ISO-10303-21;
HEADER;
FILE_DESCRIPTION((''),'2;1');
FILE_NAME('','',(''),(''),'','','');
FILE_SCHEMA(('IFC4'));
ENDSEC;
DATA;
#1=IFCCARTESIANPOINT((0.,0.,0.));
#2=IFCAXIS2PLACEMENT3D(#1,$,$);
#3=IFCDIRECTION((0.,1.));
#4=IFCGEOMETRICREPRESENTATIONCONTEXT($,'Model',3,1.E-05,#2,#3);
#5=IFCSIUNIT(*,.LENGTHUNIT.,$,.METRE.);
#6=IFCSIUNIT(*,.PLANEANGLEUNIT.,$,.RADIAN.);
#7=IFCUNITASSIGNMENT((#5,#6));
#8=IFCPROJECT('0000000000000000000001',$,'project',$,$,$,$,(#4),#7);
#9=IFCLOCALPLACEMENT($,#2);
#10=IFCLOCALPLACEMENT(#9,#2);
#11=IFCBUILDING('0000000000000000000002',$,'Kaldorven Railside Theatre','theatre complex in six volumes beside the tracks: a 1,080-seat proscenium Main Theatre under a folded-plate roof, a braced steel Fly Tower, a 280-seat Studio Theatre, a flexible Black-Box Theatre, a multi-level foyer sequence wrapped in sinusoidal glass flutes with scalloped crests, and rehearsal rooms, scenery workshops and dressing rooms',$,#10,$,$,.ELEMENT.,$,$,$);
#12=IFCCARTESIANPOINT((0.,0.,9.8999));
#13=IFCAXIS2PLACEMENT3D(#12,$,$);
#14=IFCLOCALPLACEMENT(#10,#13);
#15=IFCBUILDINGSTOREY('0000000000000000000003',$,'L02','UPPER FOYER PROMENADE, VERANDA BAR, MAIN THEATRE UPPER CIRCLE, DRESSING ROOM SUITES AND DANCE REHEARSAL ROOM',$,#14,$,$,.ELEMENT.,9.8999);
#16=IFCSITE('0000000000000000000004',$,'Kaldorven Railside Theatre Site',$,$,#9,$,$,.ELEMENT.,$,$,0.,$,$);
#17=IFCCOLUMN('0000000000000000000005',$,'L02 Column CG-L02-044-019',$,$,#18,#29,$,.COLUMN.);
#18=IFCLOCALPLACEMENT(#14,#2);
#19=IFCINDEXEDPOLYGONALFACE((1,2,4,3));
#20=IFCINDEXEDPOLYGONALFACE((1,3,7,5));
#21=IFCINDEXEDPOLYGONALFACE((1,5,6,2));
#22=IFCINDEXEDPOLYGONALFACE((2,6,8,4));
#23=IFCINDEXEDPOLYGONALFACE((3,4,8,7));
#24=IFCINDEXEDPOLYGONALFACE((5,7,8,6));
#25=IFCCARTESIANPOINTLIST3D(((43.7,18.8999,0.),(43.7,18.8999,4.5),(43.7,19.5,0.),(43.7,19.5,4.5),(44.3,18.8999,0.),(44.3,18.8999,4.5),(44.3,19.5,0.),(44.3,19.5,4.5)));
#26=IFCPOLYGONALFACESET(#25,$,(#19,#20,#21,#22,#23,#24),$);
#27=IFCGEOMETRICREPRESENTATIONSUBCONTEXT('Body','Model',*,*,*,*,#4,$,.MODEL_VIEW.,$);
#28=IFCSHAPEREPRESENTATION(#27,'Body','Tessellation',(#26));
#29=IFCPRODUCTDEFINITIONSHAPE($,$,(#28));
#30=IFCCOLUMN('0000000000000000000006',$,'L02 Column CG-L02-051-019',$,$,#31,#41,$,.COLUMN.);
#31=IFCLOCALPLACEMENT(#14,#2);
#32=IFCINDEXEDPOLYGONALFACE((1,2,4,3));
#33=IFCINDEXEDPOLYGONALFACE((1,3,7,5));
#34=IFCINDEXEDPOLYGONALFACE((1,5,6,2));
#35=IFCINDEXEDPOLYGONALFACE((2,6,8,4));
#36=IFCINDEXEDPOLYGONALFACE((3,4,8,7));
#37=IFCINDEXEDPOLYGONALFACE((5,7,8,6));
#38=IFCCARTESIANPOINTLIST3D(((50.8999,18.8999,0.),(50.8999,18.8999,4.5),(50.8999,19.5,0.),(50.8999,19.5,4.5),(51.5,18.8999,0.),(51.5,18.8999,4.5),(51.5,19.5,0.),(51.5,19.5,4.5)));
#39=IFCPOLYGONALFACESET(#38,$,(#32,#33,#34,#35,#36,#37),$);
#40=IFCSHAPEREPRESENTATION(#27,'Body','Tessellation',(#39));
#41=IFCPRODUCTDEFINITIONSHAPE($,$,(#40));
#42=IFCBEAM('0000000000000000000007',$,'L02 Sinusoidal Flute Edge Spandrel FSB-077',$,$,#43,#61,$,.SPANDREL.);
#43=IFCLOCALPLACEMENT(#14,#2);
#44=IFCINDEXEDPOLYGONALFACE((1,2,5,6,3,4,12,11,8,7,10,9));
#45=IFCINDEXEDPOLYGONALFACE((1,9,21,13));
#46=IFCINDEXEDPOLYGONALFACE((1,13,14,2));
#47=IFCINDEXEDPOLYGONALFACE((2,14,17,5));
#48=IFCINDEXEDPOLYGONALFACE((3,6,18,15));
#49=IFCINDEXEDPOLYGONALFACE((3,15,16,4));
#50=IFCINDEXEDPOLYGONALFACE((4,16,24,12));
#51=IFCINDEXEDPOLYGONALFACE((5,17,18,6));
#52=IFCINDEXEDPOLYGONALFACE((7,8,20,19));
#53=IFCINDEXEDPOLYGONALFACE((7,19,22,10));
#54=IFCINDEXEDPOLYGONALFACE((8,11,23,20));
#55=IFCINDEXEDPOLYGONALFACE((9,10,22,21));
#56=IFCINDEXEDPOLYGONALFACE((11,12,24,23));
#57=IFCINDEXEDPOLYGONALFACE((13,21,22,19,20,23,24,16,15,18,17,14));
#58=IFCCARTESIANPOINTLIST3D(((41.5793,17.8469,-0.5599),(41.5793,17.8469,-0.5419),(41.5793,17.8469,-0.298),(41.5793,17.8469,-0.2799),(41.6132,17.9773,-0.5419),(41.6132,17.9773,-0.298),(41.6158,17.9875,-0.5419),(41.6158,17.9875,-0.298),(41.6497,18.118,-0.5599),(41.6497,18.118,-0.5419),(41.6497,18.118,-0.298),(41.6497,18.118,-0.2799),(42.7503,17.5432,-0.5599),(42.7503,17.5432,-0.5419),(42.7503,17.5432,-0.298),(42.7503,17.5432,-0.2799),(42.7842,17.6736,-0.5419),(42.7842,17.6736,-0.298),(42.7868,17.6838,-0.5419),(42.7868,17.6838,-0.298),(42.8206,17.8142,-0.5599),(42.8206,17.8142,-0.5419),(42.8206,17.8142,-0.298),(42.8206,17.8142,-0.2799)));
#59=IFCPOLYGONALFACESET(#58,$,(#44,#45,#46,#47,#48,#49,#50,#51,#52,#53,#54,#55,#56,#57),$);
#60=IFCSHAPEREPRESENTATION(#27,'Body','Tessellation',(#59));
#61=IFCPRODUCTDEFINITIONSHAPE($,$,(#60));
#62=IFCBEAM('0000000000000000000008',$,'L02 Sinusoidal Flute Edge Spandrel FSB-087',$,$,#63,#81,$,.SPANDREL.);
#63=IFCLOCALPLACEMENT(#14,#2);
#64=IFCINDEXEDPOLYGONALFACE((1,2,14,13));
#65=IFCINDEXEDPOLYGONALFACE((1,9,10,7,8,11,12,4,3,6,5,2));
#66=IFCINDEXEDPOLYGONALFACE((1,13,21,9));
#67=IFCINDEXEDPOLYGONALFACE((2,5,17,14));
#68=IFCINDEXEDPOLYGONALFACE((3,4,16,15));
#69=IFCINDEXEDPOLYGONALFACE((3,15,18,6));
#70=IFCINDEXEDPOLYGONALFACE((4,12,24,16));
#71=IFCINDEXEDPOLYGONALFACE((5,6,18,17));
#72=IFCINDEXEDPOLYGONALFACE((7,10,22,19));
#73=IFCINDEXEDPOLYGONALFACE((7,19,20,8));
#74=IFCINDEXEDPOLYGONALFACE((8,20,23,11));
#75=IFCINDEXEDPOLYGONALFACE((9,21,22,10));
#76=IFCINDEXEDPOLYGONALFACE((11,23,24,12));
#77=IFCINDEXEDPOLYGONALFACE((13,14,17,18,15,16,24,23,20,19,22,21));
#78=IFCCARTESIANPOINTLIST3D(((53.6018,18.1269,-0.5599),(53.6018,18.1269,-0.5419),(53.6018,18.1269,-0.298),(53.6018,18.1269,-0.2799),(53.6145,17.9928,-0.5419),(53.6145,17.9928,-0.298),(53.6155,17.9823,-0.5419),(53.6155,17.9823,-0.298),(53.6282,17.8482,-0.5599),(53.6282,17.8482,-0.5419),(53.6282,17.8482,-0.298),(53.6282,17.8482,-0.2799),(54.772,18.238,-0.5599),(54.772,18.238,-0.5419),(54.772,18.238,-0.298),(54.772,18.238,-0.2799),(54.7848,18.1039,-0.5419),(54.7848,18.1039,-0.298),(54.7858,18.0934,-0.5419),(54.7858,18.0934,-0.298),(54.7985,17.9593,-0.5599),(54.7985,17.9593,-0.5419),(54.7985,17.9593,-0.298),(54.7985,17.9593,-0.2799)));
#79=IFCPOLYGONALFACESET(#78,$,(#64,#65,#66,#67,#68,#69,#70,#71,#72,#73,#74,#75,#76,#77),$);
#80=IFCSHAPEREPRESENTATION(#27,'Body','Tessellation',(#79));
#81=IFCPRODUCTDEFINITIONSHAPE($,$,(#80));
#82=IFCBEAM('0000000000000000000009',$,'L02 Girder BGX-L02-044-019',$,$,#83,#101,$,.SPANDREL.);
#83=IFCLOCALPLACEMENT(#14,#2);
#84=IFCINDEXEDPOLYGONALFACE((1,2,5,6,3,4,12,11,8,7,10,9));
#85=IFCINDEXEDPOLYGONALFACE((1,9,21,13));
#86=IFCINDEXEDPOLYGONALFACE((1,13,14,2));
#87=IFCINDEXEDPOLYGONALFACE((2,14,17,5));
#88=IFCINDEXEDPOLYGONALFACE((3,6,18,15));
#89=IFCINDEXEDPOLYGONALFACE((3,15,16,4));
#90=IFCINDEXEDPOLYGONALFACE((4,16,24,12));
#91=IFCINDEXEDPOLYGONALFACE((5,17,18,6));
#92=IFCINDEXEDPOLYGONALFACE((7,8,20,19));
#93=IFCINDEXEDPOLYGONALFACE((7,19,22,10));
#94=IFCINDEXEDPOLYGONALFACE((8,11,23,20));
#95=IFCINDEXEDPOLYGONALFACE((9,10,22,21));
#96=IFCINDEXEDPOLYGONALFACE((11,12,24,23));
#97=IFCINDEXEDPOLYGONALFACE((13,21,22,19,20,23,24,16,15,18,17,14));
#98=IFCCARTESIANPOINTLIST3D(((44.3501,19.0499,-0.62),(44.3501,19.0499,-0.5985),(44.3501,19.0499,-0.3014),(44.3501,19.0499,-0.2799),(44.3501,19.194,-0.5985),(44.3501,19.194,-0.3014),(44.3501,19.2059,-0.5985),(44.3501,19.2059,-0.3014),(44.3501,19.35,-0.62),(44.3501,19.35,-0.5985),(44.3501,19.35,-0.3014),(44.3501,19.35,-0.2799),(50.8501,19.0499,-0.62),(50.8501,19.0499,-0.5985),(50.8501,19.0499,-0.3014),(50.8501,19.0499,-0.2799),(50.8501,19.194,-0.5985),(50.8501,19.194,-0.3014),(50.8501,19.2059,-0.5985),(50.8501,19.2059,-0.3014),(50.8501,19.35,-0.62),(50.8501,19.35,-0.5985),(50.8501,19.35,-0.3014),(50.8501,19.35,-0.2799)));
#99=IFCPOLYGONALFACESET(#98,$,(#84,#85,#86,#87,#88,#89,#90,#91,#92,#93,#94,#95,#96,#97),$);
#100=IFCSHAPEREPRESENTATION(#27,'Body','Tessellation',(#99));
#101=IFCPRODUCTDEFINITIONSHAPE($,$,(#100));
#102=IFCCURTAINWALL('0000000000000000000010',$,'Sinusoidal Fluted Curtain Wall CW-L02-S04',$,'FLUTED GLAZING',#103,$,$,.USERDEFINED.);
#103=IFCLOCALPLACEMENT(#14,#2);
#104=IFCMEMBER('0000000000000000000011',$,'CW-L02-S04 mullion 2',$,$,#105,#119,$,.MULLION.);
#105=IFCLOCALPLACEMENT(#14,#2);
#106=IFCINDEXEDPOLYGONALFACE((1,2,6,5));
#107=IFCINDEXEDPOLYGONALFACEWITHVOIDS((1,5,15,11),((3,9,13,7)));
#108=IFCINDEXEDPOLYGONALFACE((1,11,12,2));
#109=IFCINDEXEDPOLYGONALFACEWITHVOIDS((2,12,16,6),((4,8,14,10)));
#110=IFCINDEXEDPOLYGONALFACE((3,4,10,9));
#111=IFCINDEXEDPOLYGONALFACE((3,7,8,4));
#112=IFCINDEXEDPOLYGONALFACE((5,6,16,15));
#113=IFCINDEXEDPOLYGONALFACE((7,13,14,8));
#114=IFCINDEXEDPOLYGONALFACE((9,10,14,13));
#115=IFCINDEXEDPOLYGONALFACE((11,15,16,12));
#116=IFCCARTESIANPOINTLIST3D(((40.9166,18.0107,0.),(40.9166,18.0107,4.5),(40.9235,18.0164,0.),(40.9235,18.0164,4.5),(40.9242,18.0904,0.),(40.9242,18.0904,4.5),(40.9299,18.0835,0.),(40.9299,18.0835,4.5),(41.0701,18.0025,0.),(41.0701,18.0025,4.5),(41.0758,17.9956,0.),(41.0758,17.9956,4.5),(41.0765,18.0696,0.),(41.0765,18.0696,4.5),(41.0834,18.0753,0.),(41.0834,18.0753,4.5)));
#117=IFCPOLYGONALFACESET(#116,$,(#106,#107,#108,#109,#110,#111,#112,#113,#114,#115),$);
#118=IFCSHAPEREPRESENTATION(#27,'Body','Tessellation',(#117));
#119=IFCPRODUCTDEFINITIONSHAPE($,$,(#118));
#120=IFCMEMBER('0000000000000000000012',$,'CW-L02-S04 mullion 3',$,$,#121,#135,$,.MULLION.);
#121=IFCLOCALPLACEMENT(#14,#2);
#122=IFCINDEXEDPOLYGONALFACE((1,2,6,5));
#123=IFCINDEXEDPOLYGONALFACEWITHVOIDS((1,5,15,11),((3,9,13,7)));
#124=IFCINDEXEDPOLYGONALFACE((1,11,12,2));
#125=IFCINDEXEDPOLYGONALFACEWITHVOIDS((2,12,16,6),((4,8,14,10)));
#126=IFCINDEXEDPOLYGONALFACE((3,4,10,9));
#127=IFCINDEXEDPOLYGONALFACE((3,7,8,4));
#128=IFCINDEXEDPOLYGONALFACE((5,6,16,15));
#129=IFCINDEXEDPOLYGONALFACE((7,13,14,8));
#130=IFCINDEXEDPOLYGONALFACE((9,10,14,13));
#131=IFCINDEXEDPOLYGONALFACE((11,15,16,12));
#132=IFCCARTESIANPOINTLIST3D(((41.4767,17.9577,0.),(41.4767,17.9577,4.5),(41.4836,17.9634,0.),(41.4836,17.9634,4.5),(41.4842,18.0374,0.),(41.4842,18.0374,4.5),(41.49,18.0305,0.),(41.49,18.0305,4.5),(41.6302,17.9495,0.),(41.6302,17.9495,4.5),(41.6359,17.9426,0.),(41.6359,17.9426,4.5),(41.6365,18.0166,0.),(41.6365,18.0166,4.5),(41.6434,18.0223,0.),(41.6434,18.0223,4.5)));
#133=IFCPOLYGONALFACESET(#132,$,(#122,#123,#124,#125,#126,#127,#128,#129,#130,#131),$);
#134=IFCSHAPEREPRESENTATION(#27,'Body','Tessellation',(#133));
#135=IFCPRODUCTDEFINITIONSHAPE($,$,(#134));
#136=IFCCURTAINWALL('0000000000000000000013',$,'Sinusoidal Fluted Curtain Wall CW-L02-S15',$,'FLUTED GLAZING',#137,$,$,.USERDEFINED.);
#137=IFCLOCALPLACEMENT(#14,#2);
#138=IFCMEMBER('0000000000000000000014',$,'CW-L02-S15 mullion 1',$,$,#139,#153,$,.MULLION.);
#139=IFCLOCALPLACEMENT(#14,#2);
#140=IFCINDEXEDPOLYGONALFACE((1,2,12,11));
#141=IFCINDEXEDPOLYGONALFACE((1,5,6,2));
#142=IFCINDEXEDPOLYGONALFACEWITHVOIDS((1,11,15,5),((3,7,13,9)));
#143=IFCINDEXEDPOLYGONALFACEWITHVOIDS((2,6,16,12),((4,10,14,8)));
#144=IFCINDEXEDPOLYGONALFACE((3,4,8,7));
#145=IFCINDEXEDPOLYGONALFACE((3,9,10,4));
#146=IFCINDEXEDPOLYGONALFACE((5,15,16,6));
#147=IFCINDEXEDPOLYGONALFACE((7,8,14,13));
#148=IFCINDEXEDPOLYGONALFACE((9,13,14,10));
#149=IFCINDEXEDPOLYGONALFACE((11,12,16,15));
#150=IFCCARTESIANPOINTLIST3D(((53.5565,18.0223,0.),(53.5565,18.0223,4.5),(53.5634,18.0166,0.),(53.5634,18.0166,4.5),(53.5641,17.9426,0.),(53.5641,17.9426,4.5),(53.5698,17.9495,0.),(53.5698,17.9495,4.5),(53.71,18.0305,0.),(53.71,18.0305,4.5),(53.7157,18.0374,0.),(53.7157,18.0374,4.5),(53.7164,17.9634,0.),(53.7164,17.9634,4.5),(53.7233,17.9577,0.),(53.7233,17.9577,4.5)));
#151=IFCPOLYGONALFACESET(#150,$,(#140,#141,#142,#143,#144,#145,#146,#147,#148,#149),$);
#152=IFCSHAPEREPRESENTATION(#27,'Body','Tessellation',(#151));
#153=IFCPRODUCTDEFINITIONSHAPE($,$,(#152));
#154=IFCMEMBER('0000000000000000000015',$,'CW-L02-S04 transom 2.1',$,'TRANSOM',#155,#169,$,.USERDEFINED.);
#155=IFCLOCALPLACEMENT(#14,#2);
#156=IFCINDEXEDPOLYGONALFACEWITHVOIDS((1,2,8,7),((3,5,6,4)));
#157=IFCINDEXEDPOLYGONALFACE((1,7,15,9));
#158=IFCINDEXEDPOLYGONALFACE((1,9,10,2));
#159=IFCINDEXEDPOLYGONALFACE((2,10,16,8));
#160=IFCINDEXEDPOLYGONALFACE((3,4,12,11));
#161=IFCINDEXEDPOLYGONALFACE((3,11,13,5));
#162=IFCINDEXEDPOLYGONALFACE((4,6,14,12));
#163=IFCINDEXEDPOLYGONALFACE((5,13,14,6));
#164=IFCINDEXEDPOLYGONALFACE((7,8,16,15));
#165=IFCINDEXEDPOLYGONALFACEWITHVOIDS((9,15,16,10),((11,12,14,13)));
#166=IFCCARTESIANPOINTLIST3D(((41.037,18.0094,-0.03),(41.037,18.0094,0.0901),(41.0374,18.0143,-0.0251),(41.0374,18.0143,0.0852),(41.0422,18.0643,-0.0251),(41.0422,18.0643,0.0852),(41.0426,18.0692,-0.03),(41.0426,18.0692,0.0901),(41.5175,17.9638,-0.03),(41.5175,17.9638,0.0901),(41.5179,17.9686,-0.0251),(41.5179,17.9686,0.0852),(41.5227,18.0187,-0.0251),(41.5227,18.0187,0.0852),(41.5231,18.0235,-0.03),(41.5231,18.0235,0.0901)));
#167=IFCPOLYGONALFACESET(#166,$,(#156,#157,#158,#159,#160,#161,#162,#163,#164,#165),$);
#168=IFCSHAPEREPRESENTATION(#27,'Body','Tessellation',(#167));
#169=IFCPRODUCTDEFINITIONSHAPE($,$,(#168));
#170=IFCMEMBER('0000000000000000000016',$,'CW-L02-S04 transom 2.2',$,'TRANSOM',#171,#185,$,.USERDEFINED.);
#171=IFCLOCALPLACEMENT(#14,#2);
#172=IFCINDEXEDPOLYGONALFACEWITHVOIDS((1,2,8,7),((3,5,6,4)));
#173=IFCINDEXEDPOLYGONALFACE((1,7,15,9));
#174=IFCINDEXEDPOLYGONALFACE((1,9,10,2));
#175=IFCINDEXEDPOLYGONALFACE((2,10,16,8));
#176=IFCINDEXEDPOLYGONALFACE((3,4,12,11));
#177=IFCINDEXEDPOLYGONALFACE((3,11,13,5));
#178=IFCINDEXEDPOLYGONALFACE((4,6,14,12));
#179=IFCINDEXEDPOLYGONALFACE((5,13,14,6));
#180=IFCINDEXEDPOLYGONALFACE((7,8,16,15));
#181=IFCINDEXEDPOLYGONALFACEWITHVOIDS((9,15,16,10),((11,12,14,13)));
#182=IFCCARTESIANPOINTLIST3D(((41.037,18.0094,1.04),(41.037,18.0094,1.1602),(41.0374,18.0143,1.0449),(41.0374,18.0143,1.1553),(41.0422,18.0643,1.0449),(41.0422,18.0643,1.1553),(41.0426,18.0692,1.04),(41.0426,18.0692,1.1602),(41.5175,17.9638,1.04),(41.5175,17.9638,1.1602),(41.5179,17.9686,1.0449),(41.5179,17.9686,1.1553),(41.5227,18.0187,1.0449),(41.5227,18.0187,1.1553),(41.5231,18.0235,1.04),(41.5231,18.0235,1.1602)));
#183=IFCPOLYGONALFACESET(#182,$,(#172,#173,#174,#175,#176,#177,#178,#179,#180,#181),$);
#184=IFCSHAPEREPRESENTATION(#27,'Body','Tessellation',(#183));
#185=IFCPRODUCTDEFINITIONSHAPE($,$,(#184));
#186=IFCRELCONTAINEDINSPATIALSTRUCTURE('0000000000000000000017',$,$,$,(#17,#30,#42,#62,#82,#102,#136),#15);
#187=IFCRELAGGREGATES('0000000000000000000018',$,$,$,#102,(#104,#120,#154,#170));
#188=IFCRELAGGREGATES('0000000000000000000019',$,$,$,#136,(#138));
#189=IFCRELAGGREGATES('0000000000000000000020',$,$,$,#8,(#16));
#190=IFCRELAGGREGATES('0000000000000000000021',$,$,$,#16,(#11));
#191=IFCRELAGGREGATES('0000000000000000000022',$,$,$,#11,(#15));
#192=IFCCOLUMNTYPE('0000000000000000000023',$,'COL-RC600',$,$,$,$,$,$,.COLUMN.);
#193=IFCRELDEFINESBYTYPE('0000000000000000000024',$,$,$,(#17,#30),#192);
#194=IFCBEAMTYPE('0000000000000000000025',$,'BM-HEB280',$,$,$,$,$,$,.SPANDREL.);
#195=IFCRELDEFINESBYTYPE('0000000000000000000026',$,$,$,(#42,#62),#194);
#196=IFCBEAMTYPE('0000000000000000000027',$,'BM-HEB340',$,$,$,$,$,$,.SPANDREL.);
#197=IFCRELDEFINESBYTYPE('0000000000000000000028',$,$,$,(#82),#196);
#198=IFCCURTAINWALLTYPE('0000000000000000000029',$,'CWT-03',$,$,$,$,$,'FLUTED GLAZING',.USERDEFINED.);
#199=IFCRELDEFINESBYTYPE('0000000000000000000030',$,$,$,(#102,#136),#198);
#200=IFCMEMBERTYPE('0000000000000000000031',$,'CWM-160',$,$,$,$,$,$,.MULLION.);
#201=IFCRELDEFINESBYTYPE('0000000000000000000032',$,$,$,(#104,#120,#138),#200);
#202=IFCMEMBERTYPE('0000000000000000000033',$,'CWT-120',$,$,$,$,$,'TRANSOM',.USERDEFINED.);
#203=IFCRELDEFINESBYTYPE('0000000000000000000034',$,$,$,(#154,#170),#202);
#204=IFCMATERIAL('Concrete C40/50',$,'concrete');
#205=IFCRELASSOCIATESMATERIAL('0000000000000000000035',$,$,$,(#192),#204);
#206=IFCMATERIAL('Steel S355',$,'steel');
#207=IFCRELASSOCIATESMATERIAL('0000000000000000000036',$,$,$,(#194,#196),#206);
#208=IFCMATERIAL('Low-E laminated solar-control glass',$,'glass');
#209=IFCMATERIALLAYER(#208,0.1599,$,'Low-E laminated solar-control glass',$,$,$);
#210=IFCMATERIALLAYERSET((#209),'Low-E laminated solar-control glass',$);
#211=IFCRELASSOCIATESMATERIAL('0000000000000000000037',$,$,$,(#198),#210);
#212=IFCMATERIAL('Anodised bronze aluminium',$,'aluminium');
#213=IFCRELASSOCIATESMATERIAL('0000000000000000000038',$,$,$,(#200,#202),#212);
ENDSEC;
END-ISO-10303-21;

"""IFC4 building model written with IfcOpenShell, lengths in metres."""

from ifc_helpers import new_model, si_unit, direction, frame, origin, origin_2d, place, context, subcontext, project, spatial, rectangle, hollow_rectangle, i_section, extrude, material, layer, layer_set, material_profile, profile_set, type_object, element, aggregate, save


model = new_model("IFC4")

# Units and contexts
model_context = context("Model", 3, precision=1e-05, world=origin(), true_north=direction((0.0, 1.0)))
body_context = subcontext(model_context, "Body", "Model", "MODEL_VIEW")
ifc_project = project(units=[si_unit("LENGTHUNIT", "METRE"), si_unit("PLANEANGLEUNIT", "RADIAN")], contexts=[model_context])

# Site, building, storey
site_placement = place(None, origin())
site = spatial("IfcSite", under=ifc_project, at=site_placement, Name="Kaldorven Railside Theatre Site", CompositionType="ELEMENT", RefElevation=0.0)
building_placement = place(site_placement, origin())
building = spatial("IfcBuilding", under=site, at=building_placement, Name="Kaldorven Railside Theatre", Description="theatre complex in six volumes beside the tracks: a 1,080-seat proscenium Main Theatre under a folded-plate roof, a braced steel Fly Tower, a 280-seat Studio Theatre, a flexible Black-Box Theatre, a multi-level foyer sequence wrapped in sinusoidal glass flutes with scalloped crests, and rehearsal rooms, scenery workshops and dressing rooms", CompositionType="ELEMENT")
storey_placement = place(building_placement, frame((0.0, 0.0, 9.8999)))
storey = spatial("IfcBuildingStorey", under=building, at=storey_placement, Name="L02", Description="UPPER FOYER PROMENADE, VERANDA BAR, MAIN THEATRE UPPER CIRCLE, DRESSING ROOM SUITES AND DANCE REHEARSAL ROOM", CompositionType="ELEMENT", Elevation=9.8999)

# Columns
ifc_material_1 = material(Name="Concrete C40/50", Category="concrete")
ifc_material_profile_1 = material_profile(ifc_material_1, rectangle(XDim=0.6001, YDim=0.6001, at=origin_2d()), Name="RC 600x600")
ifc_profile_set_1 = profile_set([ifc_material_profile_1], Name="Concrete C40/50")
column_type = type_object("IfcColumnType", Name="COL-RC600", PredefinedType="COLUMN", material=ifc_profile_set_1)
for number, where, z_axis, x_axis, name in (
    (1, (44.0, 19.2, 0.0), (0.0, 0.0, 1.0), (0.0, 1.0, 0.0), "L02 Column CG-L02-044-019"),
    (2, (51.2, 19.2, 0.0), (0.0, 0.0, 1.0), (1.0, 0.0, 0.0), "L02 Column CG-L02-051-019"),
):
    element("IfcColumn", number, at=place(storey_placement, frame(where, z_axis=z_axis, x_axis=x_axis)), inside=storey, type_object=column_type, Name=name, PredefinedType="COLUMN", context=body_context, shape_type="SweptSolid", body=[
        extrude(rectangle(XDim=0.6001, YDim=0.6001, at=origin_2d()), origin(), (0.0, 0.0, 1.0), 4.5),
    ])

# Beams
ifc_material_2 = material(Name="Steel S355", Category="steel")
ifc_material_profile_2 = material_profile(ifc_material_2, i_section(OverallWidth=0.28, OverallDepth=0.28, WebThickness=0.0105, FlangeThickness=0.0181, at=origin_2d()), Name="HEB 280")
ifc_profile_set_2 = profile_set([ifc_material_profile_2], Name="Steel S355")
beam_type_1 = type_object("IfcBeamType", Name="BM-HEB280", PredefinedType="SPANDREL", material=ifc_profile_set_2)
beam_1_placement = place(storey_placement, frame((41.6145, 17.9824, -0.4199), z_axis=(0.967968, -0.251074, 0.0), x_axis=(0.251074, 0.967968, 0.0)))
element("IfcBeam", 3, at=beam_1_placement, inside=storey, type_object=beam_type_1, Name="L02 Sinusoidal Flute Edge Spandrel FSB-077", PredefinedType="SPANDREL", context=body_context, shape_type="SweptSolid", body=[
    extrude(i_section(OverallWidth=0.28, OverallDepth=0.28, WebThickness=0.0105, FlangeThickness=0.0181, at=origin_2d()), origin(), (0.0, 0.0, 1.0), 1.2097),
])
beam_2_placement = place(storey_placement, frame((53.615, 17.9875, -0.4199), z_axis=(0.995524, 0.094505, 0.0), x_axis=(-0.094505, 0.995524, 0.0)))
element("IfcBeam", 4, at=beam_2_placement, inside=storey, type_object=beam_type_1, Name="L02 Sinusoidal Flute Edge Spandrel FSB-087", PredefinedType="SPANDREL", context=body_context, shape_type="SweptSolid", body=[
    extrude(i_section(OverallWidth=0.28, OverallDepth=0.28, WebThickness=0.0105, FlangeThickness=0.0181, at=origin_2d()), origin(), (0.0, 0.0, 1.0), 1.1755),
])
ifc_material_profile_3 = material_profile(ifc_material_2, i_section(OverallWidth=0.3, OverallDepth=0.3401, WebThickness=0.012, FlangeThickness=0.0215, at=origin_2d()), Name="HEB 340")
ifc_profile_set_3 = profile_set([ifc_material_profile_3], Name="Steel S355")
beam_type_2 = type_object("IfcBeamType", Name="BM-HEB340", PredefinedType="SPANDREL", material=ifc_profile_set_3)
beam_3_placement = place(storey_placement, frame((44.3501, 19.2, -0.45), z_axis=(1.0, 0.0, 0.0), x_axis=(0.0, 1.0, 0.0)))
element("IfcBeam", 5, at=beam_3_placement, inside=storey, type_object=beam_type_2, Name="L02 Girder BGX-L02-044-019", PredefinedType="SPANDREL", context=body_context, shape_type="SweptSolid", body=[
    extrude(i_section(OverallWidth=0.3, OverallDepth=0.3401, WebThickness=0.012, FlangeThickness=0.0215, at=origin_2d()), origin(), (0.0, 0.0, 1.0), 6.5),
])

# Curtain wall, members
ifc_material_3 = material(Name="Low-E laminated solar-control glass", Category="glass")
ifc_layer_1 = layer(ifc_material_3, 0.1599, Name="Low-E laminated solar-control glass")
ifc_layer_set_1 = layer_set([ifc_layer_1], Name="Low-E laminated solar-control glass")
curtain_wall_type = type_object("IfcCurtainWallType", Name="CWT-03", ElementType="FLUTED GLAZING", PredefinedType="USERDEFINED", material=ifc_layer_set_1)
curtain_wall_1_placement = place(storey_placement, origin())
curtain_wall_1 = element("IfcCurtainWall", 6, at=curtain_wall_1_placement, inside=storey, type_object=curtain_wall_type, Name="Sinusoidal Fluted Curtain Wall CW-L02-S04", ObjectType="FLUTED GLAZING", PredefinedType="USERDEFINED")
ifc_material_4 = material(Name="Anodised bronze aluminium", Category="aluminium")
ifc_material_profile_4 = material_profile(ifc_material_4, hollow_rectangle(XDim=0.0801, YDim=0.1599, WallThickness=0.0063, at=origin_2d()), Name="RHS 160x80x6.3")
ifc_profile_set_4 = profile_set([ifc_material_profile_4], Name="Anodised bronze aluminium")
member_type_1 = type_object("IfcMemberType", Name="CWM-160", PredefinedType="MULLION", material=ifc_profile_set_4)
member_1_placement = place(storey_placement, frame((41.0, 18.043, 0.0), z_axis=(0.0, 0.0, 1.0), x_axis=(0.094492, 0.995526, 0.0)))
member_1 = element("IfcMember", 7, at=member_1_placement, type_object=member_type_1, Name="CW-L02-S04 mullion 2", PredefinedType="MULLION", context=body_context, shape_type="SweptSolid", body=[
    extrude(hollow_rectangle(XDim=0.0801, YDim=0.1599, WallThickness=0.0063, at=origin_2d()), origin(), (0.0, 0.0, 1.0), 4.5),
])
member_2_placement = place(storey_placement, frame((41.5601, 17.99, 0.0), z_axis=(0.0, 0.0, 1.0), x_axis=(0.094492, 0.995526, 0.0)))
member_2 = element("IfcMember", 8, at=member_2_placement, type_object=member_type_1, Name="CW-L02-S04 mullion 3", PredefinedType="MULLION", context=body_context, shape_type="SweptSolid", body=[
    extrude(hollow_rectangle(XDim=0.0801, YDim=0.1599, WallThickness=0.0063, at=origin_2d()), origin(), (0.0, 0.0, 1.0), 4.5),
])

# Curtain wall, member
curtain_wall_2_placement = place(storey_placement, origin())
curtain_wall_2 = element("IfcCurtainWall", 9, at=curtain_wall_2_placement, inside=storey, type_object=curtain_wall_type, Name="Sinusoidal Fluted Curtain Wall CW-L02-S15", ObjectType="FLUTED GLAZING", PredefinedType="USERDEFINED")
member_3_placement = place(storey_placement, frame((53.6399, 17.99, 0.0), z_axis=(0.0, 0.0, 1.0), x_axis=(-0.094492, 0.995526, 0.0)))
member_3 = element("IfcMember", 10, at=member_3_placement, type_object=member_type_1, Name="CW-L02-S15 mullion 1", PredefinedType="MULLION", context=body_context, shape_type="SweptSolid", body=[
    extrude(hollow_rectangle(XDim=0.0801, YDim=0.1599, WallThickness=0.0063, at=origin_2d()), origin(), (0.0, 0.0, 1.0), 4.5),
])

# Members
ifc_material_profile_5 = material_profile(ifc_material_4, hollow_rectangle(XDim=0.0601, YDim=0.1201, WallThickness=0.0049, at=origin_2d()), Name="RHS 120x60x5")
ifc_profile_set_5 = profile_set([ifc_material_profile_5], Name="Anodised bronze aluminium")
member_type_2 = type_object("IfcMemberType", Name="CWT-120", ElementType="TRANSOM", PredefinedType="USERDEFINED", material=ifc_profile_set_5)
member_4_placement = place(storey_placement, frame((41.0398, 18.0393, 0.03), z_axis=(0.995516, -0.094594, 0.0), x_axis=(0.094594, 0.995516, 0.0)))
member_4 = element("IfcMember", 11, at=member_4_placement, type_object=member_type_2, Name="CW-L02-S04 transom 2.1", ObjectType="TRANSOM", PredefinedType="USERDEFINED", context=body_context, shape_type="SweptSolid", body=[
    extrude(hollow_rectangle(XDim=0.0601, YDim=0.1201, WallThickness=0.0049, at=origin_2d()), origin(), (0.0, 0.0, 1.0), 0.4827),
])
member_5_placement = place(storey_placement, frame((41.0398, 18.0393, 1.1001), z_axis=(0.995516, -0.094594, 0.0), x_axis=(0.094594, 0.995516, 0.0)))
member_5 = element("IfcMember", 12, at=member_5_placement, type_object=member_type_2, Name="CW-L02-S04 transom 2.2", ObjectType="TRANSOM", PredefinedType="USERDEFINED", context=body_context, shape_type="SweptSolid", body=[
    extrude(hollow_rectangle(XDim=0.0601, YDim=0.1201, WallThickness=0.0049, at=origin_2d()), origin(), (0.0, 0.0, 1.0), 0.4827),
])

aggregate(curtain_wall_1, [member_1, member_2, member_4, member_5])
aggregate(curtain_wall_2, [member_3])

save(model, "model.ifc")
